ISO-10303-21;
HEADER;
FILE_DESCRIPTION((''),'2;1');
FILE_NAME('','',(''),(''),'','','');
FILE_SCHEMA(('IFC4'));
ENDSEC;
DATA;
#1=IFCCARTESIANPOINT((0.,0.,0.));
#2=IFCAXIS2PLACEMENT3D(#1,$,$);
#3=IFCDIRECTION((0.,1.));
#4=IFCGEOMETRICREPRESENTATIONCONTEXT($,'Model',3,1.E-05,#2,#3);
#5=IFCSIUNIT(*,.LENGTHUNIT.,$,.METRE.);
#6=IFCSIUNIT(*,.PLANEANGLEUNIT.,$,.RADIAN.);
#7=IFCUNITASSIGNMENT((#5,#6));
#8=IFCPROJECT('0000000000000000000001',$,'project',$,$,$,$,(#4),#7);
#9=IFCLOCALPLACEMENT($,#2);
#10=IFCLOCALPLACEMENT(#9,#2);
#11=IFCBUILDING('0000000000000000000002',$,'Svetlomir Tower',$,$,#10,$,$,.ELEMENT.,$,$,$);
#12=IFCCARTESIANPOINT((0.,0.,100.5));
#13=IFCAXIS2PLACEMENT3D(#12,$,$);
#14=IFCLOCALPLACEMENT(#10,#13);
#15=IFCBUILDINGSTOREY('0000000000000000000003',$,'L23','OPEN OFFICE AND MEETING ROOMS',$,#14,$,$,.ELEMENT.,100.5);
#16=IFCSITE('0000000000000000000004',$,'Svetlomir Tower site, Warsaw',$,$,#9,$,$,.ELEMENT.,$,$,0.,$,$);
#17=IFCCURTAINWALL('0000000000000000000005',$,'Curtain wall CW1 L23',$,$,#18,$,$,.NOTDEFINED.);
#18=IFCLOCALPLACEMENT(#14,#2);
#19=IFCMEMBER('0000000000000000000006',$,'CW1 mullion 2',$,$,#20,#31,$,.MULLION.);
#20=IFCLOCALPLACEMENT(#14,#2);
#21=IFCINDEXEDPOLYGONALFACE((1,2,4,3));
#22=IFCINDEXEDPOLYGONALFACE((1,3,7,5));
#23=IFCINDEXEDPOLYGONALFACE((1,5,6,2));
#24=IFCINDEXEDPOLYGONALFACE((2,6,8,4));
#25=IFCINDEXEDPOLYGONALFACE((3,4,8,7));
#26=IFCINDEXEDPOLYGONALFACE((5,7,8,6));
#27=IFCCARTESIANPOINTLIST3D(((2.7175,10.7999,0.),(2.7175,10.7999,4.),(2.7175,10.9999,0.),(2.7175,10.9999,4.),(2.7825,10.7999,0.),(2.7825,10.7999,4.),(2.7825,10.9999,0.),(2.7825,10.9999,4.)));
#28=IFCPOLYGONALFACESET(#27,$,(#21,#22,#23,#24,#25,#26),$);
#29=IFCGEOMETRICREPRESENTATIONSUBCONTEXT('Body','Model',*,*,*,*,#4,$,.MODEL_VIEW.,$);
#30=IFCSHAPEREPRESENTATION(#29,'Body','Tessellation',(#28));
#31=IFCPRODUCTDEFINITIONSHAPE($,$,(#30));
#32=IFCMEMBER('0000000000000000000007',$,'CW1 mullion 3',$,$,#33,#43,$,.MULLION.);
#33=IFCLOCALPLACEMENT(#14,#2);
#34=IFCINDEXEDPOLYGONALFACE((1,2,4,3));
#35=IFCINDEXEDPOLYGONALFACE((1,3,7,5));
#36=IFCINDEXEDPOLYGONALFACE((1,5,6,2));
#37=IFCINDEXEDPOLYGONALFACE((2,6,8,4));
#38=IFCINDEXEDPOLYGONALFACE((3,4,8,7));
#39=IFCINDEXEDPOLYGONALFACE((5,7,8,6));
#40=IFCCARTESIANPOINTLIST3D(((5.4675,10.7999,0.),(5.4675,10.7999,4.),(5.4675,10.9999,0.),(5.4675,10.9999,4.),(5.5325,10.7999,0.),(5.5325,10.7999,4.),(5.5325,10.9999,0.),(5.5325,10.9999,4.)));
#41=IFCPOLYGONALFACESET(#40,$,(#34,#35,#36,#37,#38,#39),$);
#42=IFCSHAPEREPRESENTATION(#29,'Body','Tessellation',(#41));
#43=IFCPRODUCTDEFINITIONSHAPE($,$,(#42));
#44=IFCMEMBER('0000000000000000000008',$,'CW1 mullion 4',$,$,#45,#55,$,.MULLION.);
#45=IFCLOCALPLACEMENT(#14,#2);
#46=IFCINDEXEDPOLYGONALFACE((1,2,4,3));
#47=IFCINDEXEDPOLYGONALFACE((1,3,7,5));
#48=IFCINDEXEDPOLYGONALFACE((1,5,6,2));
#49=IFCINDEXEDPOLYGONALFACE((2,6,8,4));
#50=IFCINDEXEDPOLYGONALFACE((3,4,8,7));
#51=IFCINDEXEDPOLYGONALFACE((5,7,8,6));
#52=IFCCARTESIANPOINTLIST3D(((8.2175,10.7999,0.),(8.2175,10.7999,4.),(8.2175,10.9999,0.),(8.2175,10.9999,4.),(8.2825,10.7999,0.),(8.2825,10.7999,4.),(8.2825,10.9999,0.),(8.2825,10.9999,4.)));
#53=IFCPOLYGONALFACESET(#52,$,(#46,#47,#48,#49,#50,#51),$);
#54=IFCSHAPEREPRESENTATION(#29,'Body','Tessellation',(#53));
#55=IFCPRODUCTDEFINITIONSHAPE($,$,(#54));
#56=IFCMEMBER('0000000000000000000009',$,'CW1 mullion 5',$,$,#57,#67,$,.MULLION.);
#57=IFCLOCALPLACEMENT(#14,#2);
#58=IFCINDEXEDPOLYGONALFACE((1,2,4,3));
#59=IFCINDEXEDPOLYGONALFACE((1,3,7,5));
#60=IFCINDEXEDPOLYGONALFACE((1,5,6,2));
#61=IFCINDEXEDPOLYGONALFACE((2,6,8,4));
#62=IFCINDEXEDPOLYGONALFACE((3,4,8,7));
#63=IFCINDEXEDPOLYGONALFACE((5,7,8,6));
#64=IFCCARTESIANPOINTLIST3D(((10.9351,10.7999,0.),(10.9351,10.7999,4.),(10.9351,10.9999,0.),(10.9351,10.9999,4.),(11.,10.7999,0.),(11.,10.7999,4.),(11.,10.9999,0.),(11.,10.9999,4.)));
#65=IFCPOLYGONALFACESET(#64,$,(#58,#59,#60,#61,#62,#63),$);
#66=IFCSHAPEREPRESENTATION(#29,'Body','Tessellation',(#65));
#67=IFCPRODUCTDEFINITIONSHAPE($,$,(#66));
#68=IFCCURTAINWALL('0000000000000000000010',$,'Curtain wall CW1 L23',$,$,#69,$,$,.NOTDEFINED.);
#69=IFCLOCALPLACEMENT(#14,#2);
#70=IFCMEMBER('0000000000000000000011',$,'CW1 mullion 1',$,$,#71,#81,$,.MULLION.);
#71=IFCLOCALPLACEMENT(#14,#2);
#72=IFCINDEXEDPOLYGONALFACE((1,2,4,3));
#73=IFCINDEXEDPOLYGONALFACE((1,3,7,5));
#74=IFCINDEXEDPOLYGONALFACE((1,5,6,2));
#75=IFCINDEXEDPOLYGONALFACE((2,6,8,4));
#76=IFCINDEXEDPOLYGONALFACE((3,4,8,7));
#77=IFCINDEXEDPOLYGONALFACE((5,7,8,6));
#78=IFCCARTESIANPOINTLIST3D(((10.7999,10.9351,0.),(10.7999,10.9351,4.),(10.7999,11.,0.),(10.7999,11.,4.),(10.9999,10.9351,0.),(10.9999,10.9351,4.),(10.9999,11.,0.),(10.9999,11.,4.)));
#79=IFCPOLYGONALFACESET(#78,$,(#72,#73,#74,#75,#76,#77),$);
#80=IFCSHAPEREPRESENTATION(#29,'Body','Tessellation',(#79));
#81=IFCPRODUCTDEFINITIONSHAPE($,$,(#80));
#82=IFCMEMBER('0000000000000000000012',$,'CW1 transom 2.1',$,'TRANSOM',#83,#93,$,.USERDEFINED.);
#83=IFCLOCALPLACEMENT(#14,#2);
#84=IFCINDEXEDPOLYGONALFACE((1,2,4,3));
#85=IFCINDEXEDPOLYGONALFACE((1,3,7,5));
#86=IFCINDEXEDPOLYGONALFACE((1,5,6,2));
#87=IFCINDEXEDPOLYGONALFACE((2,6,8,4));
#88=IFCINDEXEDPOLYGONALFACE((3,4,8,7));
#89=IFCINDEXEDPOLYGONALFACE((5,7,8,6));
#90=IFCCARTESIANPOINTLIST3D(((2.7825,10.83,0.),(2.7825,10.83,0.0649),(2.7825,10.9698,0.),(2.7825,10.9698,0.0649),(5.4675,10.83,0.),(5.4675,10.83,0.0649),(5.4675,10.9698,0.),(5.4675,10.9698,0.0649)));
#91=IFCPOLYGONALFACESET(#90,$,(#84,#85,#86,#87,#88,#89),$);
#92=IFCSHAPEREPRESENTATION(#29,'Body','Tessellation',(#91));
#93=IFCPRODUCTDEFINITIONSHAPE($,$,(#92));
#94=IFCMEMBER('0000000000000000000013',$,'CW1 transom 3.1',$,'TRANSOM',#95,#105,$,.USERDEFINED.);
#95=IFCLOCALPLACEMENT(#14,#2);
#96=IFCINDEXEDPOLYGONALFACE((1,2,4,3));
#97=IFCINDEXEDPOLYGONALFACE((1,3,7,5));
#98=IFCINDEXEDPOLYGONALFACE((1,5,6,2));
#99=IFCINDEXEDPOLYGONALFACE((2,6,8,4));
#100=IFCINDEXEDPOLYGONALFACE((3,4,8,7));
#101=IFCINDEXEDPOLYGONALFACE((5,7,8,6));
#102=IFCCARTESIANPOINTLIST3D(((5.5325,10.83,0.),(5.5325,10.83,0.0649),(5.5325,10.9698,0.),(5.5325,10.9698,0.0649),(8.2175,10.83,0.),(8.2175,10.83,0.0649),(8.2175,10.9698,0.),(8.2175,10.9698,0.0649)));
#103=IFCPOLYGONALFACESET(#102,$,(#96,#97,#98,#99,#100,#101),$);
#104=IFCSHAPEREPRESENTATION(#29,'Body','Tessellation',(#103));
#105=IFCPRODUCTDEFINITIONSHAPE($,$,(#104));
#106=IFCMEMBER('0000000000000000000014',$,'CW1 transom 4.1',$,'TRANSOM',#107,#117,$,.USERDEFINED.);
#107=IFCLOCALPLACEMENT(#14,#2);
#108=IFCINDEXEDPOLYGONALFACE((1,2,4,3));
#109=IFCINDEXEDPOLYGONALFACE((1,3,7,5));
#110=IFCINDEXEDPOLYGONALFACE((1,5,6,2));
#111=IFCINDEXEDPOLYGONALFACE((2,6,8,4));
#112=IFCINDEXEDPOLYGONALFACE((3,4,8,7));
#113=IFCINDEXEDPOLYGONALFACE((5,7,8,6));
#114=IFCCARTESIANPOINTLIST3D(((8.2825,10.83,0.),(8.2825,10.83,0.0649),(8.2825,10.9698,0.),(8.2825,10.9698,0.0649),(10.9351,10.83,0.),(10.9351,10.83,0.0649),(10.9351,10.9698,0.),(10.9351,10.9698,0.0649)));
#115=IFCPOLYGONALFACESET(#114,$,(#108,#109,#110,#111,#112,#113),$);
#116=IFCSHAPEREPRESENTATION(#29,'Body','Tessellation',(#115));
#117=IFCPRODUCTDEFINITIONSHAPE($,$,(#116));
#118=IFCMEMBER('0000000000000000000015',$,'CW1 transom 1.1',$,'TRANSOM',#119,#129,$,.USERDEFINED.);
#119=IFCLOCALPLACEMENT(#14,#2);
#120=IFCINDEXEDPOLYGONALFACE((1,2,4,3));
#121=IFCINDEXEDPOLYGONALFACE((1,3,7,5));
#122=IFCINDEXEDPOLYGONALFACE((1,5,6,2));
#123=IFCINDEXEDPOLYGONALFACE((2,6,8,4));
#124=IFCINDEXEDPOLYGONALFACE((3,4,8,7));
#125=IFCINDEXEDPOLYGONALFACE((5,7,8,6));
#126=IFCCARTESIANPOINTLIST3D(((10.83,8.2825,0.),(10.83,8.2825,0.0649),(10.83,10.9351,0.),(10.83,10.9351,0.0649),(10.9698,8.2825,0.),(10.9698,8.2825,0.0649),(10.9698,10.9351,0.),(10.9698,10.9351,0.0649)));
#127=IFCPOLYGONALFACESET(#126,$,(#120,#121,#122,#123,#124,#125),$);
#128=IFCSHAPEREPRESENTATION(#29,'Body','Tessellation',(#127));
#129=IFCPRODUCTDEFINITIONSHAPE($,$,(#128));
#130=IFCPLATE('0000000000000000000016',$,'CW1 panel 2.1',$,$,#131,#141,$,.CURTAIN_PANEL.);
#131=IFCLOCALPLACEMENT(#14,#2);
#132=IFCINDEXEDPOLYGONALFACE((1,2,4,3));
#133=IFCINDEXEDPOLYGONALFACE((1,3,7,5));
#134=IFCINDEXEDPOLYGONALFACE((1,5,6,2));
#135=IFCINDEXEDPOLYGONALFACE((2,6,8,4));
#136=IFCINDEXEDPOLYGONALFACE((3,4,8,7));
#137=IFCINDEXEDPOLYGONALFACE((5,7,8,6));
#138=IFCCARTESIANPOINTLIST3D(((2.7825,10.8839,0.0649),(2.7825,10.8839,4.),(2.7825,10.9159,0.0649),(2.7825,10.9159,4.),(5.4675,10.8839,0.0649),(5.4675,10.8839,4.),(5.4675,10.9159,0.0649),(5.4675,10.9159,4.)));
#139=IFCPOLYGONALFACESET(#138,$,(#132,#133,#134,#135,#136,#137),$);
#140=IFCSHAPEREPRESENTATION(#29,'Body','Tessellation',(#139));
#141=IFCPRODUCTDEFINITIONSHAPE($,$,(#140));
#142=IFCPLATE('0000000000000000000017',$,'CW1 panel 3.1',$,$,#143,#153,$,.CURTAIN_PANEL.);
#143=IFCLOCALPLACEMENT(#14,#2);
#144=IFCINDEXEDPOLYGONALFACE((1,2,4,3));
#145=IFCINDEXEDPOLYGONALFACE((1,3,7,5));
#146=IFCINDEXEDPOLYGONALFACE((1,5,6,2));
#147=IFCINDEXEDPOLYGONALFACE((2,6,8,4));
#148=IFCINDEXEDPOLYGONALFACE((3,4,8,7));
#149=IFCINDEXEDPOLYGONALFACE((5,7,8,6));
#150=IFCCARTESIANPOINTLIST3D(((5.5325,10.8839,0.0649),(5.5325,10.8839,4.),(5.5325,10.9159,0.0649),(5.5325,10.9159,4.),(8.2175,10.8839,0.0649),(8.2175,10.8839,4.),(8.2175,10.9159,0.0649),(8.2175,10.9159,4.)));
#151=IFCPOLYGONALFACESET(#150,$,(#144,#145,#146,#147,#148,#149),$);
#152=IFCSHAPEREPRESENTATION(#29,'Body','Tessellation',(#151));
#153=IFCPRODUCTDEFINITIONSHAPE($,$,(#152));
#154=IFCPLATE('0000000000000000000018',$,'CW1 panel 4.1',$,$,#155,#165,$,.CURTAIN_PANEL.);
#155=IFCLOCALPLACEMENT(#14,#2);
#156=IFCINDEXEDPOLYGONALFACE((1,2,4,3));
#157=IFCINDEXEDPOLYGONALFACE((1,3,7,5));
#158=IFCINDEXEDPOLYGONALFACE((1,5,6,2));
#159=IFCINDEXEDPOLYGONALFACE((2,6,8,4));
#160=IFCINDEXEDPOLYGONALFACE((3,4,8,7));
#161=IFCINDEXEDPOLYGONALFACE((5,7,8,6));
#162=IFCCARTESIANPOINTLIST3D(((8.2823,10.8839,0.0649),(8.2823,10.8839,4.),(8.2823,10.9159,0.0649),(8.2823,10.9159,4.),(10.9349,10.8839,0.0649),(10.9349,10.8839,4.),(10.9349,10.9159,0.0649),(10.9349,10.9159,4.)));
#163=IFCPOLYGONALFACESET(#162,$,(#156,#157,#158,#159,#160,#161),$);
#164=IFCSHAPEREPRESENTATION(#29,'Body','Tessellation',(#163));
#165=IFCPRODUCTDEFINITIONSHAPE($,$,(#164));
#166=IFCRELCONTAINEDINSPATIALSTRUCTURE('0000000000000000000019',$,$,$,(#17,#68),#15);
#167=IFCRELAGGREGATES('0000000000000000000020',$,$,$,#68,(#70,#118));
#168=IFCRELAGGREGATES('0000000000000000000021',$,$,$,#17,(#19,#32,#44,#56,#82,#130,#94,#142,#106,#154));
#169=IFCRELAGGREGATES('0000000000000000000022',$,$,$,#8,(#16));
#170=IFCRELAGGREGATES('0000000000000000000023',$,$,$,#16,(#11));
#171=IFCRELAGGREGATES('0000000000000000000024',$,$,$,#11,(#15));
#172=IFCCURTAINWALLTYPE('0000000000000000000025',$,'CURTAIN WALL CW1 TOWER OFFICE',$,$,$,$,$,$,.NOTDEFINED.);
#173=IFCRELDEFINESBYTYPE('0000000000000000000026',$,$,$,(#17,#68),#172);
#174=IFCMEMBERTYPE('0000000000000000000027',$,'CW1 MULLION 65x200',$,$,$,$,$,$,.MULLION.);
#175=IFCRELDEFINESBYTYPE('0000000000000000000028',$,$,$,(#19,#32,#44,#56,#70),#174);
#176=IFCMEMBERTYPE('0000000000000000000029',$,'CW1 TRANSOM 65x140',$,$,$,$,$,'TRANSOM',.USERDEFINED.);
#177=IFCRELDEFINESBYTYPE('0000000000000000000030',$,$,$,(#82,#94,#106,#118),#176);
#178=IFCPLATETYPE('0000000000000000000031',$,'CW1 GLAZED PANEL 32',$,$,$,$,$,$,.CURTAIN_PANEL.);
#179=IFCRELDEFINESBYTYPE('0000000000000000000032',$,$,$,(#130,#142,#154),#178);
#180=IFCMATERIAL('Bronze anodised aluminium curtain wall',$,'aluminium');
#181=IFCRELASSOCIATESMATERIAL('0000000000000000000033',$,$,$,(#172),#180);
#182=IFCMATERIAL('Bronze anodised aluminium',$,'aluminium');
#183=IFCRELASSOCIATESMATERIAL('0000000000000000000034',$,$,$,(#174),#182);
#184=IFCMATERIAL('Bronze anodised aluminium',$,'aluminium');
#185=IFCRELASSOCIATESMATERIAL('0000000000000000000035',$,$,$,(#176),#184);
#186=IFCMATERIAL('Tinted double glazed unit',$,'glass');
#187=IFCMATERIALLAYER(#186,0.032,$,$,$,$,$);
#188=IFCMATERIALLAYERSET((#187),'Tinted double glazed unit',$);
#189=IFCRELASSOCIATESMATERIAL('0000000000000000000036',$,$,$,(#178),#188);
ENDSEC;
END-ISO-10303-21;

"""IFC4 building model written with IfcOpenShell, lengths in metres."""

from ifc_helpers import new_model, si_unit, direction, frame, origin, origin_2d, place, context, subcontext, project, spatial, rectangle, extrude, material, layer, layer_set, material_profile, profile_set, type_object, element, aggregate, save


model = new_model("IFC4")

# Units and contexts
model_context = context("Model", 3, precision=1e-05, world=origin(), true_north=direction((0.0, 1.0)))
body_context = subcontext(model_context, "Body", "Model", "MODEL_VIEW")
ifc_project = project(units=[si_unit("LENGTHUNIT", "METRE"), si_unit("PLANEANGLEUNIT", "RADIAN")], contexts=[model_context])

# Site, building, storey
site_placement = place(None, origin())
site = spatial("IfcSite", under=ifc_project, at=site_placement, Name="Svetlomir Tower site, Warsaw", CompositionType="ELEMENT", RefElevation=0.0)
building_placement = place(site_placement, origin())
building = spatial("IfcBuilding", under=site, at=building_placement, Name="Svetlomir Tower", CompositionType="ELEMENT")
storey_placement = place(building_placement, frame((0.0, 0.0, 100.5)))
storey = spatial("IfcBuildingStorey", under=building, at=storey_placement, Name="L23", Description="OPEN OFFICE AND MEETING ROOMS", CompositionType="ELEMENT", Elevation=100.5)

# Curtain wall, members
ifc_material_1 = material(Name="Bronze anodised aluminium curtain wall", Category="aluminium")
curtain_wall_type = type_object("IfcCurtainWallType", Name="CURTAIN WALL CW1 TOWER OFFICE", PredefinedType="NOTDEFINED", material=ifc_material_1)
curtain_wall_1_placement = place(storey_placement, origin())
curtain_wall_1 = element("IfcCurtainWall", 1, at=curtain_wall_1_placement, inside=storey, type_object=curtain_wall_type, Name="Curtain wall CW1 L23", PredefinedType="NOTDEFINED")
ifc_material_2 = material(Name="Bronze anodised aluminium", Category="aluminium")
ifc_material_profile_1 = material_profile(ifc_material_2, rectangle(XDim=0.0649, YDim=0.2, at=origin_2d()), Name="AL 65x200")
ifc_profile_set_1 = profile_set([ifc_material_profile_1], Name="Bronze anodised aluminium 6063-T6")
member_type_1 = type_object("IfcMemberType", Name="CW1 MULLION 65x200", PredefinedType="MULLION", material=ifc_profile_set_1)
member_1_placement = place(storey_placement, frame((2.75, 10.8999, 0.0), z_axis=(0.0, 0.0, 1.0), x_axis=(1.0, 0.0, 0.0)))
member_1 = element("IfcMember", 2, at=member_1_placement, type_object=member_type_1, Name="CW1 mullion 2", PredefinedType="MULLION", context=body_context, shape_type="SweptSolid", body=[
    extrude(rectangle(XDim=0.0649, YDim=0.2, at=origin_2d()), origin(), (0.0, 0.0, 1.0), 4.0),
])
member_2_placement = place(storey_placement, frame((5.5, 10.8999, 0.0), z_axis=(0.0, 0.0, 1.0), x_axis=(1.0, 0.0, 0.0)))
member_2 = element("IfcMember", 3, at=member_2_placement, type_object=member_type_1, Name="CW1 mullion 3", PredefinedType="MULLION", context=body_context, shape_type="SweptSolid", body=[
    extrude(rectangle(XDim=0.0649, YDim=0.2, at=origin_2d()), origin(), (0.0, 0.0, 1.0), 4.0),
])
member_3_placement = place(storey_placement, frame((8.25, 10.8999, 0.0), z_axis=(0.0, 0.0, 1.0), x_axis=(1.0, 0.0, 0.0)))
member_3 = element("IfcMember", 4, at=member_3_placement, type_object=member_type_1, Name="CW1 mullion 4", PredefinedType="MULLION", context=body_context, shape_type="SweptSolid", body=[
    extrude(rectangle(XDim=0.0649, YDim=0.2, at=origin_2d()), origin(), (0.0, 0.0, 1.0), 4.0),
])
member_4_placement = place(storey_placement, frame((10.9675, 10.8999, 0.0), z_axis=(0.0, 0.0, 1.0), x_axis=(1.0, 0.0, 0.0)))
member_4 = element("IfcMember", 5, at=member_4_placement, type_object=member_type_1, Name="CW1 mullion 5", PredefinedType="MULLION", context=body_context, shape_type="SweptSolid", body=[
    extrude(rectangle(XDim=0.0649, YDim=0.2, at=origin_2d()), origin(), (0.0, 0.0, 1.0), 4.0),
])

# Curtain wall, member
curtain_wall_2_placement = place(storey_placement, origin())
curtain_wall_2 = element("IfcCurtainWall", 6, at=curtain_wall_2_placement, inside=storey, type_object=curtain_wall_type, Name="Curtain wall CW1 L23", PredefinedType="NOTDEFINED")
member_5_placement = place(storey_placement, frame((10.8999, 10.9675, 0.0), z_axis=(0.0, 0.0, 1.0), x_axis=(0.0, -1.0, 0.0)))
member_5 = element("IfcMember", 7, at=member_5_placement, type_object=member_type_1, Name="CW1 mullion 1", PredefinedType="MULLION", context=body_context, shape_type="SweptSolid", body=[
    extrude(rectangle(XDim=0.0649, YDim=0.2, at=origin_2d()), origin(), (0.0, 0.0, 1.0), 4.0),
])

# Members
ifc_material_3 = material(Name="Bronze anodised aluminium", Category="aluminium")
ifc_material_profile_2 = material_profile(ifc_material_3, rectangle(XDim=0.1399, YDim=0.0649, at=origin_2d()), Name="AL 140x65")
ifc_profile_set_2 = profile_set([ifc_material_profile_2], Name="Bronze anodised aluminium 6063-T6")
member_type_2 = type_object("IfcMemberType", Name="CW1 TRANSOM 65x140", ElementType="TRANSOM", PredefinedType="USERDEFINED", material=ifc_profile_set_2)
member_6_placement = place(storey_placement, frame((2.7825, 10.8999, 0.0325), z_axis=(1.0, 0.0, 0.0), x_axis=(0.0, 1.0, 0.0)))
member_6 = element("IfcMember", 8, at=member_6_placement, type_object=member_type_2, Name="CW1 transom 2.1", ObjectType="TRANSOM", PredefinedType="USERDEFINED", context=body_context, shape_type="SweptSolid", body=[
    extrude(rectangle(XDim=0.1399, YDim=0.0649, at=origin_2d()), origin(), (0.0, 0.0, 1.0), 2.6851),
])
member_7_placement = place(storey_placement, frame((5.5325, 10.8999, 0.0325), z_axis=(1.0, 0.0, 0.0), x_axis=(0.0, 1.0, 0.0)))
member_7 = element("IfcMember", 9, at=member_7_placement, type_object=member_type_2, Name="CW1 transom 3.1", ObjectType="TRANSOM", PredefinedType="USERDEFINED", context=body_context, shape_type="SweptSolid", body=[
    extrude(rectangle(XDim=0.1399, YDim=0.0649, at=origin_2d()), origin(), (0.0, 0.0, 1.0), 2.6851),
])
member_8_placement = place(storey_placement, frame((8.2825, 10.8999, 0.0325), z_axis=(1.0, 0.0, 0.0), x_axis=(0.0, 1.0, 0.0)))
member_8 = element("IfcMember", 10, at=member_8_placement, type_object=member_type_2, Name="CW1 transom 4.1", ObjectType="TRANSOM", PredefinedType="USERDEFINED", context=body_context, shape_type="SweptSolid", body=[
    extrude(rectangle(XDim=0.1399, YDim=0.0649, at=origin_2d()), origin(), (0.0, 0.0, 1.0), 2.6526),
])
member_9_placement = place(storey_placement, frame((10.8999, 10.9351, 0.0325), z_axis=(0.0, -1.0, 0.0), x_axis=(1.0, 0.0, 0.0)))
member_9 = element("IfcMember", 11, at=member_9_placement, type_object=member_type_2, Name="CW1 transom 1.1", ObjectType="TRANSOM", PredefinedType="USERDEFINED", context=body_context, shape_type="SweptSolid", body=[
    extrude(rectangle(XDim=0.1399, YDim=0.0649, at=origin_2d()), origin(), (0.0, 0.0, 1.0), 2.6526),
])
aggregate(curtain_wall_2, [member_5, member_9])

# Plates
ifc_material_4 = material(Name="Tinted double glazed unit", Category="glass")
ifc_layer_1 = layer(ifc_material_4, 0.032)
ifc_layer_set_1 = layer_set([ifc_layer_1], Name="Tinted double glazed unit")
plate_type = type_object("IfcPlateType", Name="CW1 GLAZED PANEL 32", PredefinedType="CURTAIN_PANEL", material=ifc_layer_set_1)
plate_1_placement = place(storey_placement, frame((4.125, 10.8999, 0.0649), z_axis=(0.0, 0.0, 1.0), x_axis=(1.0, 0.0, 0.0)))
plate_1 = element("IfcPlate", 12, at=plate_1_placement, type_object=plate_type, Name="CW1 panel 2.1", PredefinedType="CURTAIN_PANEL", context=body_context, shape_type="SweptSolid", body=[
    extrude(rectangle(XDim=2.6851, YDim=0.032, at=origin_2d()), origin(), (0.0, 0.0, 1.0), 3.9351),
])
plate_2_placement = place(storey_placement, frame((6.875, 10.8999, 0.0649), z_axis=(0.0, 0.0, 1.0), x_axis=(1.0, 0.0, 0.0)))
plate_2 = element("IfcPlate", 13, at=plate_2_placement, type_object=plate_type, Name="CW1 panel 3.1", PredefinedType="CURTAIN_PANEL", context=body_context, shape_type="SweptSolid", body=[
    extrude(rectangle(XDim=2.6851, YDim=0.032, at=origin_2d()), origin(), (0.0, 0.0, 1.0), 3.9351),
])
plate_3_placement = place(storey_placement, frame((9.6086, 10.8999, 0.0649), z_axis=(0.0, 0.0, 1.0), x_axis=(1.0, 0.0, 0.0)))
plate_3 = element("IfcPlate", 14, at=plate_3_placement, type_object=plate_type, Name="CW1 panel 4.1", PredefinedType="CURTAIN_PANEL", context=body_context, shape_type="SweptSolid", body=[
    extrude(rectangle(XDim=2.6526, YDim=0.032, at=origin_2d()), origin(), (0.0, 0.0, 1.0), 3.9351),
])
aggregate(curtain_wall_1, [member_1, member_2, member_3, member_4, member_6, plate_1, member_7, plate_2, member_8, plate_3])

save(model, "model.ifc")
